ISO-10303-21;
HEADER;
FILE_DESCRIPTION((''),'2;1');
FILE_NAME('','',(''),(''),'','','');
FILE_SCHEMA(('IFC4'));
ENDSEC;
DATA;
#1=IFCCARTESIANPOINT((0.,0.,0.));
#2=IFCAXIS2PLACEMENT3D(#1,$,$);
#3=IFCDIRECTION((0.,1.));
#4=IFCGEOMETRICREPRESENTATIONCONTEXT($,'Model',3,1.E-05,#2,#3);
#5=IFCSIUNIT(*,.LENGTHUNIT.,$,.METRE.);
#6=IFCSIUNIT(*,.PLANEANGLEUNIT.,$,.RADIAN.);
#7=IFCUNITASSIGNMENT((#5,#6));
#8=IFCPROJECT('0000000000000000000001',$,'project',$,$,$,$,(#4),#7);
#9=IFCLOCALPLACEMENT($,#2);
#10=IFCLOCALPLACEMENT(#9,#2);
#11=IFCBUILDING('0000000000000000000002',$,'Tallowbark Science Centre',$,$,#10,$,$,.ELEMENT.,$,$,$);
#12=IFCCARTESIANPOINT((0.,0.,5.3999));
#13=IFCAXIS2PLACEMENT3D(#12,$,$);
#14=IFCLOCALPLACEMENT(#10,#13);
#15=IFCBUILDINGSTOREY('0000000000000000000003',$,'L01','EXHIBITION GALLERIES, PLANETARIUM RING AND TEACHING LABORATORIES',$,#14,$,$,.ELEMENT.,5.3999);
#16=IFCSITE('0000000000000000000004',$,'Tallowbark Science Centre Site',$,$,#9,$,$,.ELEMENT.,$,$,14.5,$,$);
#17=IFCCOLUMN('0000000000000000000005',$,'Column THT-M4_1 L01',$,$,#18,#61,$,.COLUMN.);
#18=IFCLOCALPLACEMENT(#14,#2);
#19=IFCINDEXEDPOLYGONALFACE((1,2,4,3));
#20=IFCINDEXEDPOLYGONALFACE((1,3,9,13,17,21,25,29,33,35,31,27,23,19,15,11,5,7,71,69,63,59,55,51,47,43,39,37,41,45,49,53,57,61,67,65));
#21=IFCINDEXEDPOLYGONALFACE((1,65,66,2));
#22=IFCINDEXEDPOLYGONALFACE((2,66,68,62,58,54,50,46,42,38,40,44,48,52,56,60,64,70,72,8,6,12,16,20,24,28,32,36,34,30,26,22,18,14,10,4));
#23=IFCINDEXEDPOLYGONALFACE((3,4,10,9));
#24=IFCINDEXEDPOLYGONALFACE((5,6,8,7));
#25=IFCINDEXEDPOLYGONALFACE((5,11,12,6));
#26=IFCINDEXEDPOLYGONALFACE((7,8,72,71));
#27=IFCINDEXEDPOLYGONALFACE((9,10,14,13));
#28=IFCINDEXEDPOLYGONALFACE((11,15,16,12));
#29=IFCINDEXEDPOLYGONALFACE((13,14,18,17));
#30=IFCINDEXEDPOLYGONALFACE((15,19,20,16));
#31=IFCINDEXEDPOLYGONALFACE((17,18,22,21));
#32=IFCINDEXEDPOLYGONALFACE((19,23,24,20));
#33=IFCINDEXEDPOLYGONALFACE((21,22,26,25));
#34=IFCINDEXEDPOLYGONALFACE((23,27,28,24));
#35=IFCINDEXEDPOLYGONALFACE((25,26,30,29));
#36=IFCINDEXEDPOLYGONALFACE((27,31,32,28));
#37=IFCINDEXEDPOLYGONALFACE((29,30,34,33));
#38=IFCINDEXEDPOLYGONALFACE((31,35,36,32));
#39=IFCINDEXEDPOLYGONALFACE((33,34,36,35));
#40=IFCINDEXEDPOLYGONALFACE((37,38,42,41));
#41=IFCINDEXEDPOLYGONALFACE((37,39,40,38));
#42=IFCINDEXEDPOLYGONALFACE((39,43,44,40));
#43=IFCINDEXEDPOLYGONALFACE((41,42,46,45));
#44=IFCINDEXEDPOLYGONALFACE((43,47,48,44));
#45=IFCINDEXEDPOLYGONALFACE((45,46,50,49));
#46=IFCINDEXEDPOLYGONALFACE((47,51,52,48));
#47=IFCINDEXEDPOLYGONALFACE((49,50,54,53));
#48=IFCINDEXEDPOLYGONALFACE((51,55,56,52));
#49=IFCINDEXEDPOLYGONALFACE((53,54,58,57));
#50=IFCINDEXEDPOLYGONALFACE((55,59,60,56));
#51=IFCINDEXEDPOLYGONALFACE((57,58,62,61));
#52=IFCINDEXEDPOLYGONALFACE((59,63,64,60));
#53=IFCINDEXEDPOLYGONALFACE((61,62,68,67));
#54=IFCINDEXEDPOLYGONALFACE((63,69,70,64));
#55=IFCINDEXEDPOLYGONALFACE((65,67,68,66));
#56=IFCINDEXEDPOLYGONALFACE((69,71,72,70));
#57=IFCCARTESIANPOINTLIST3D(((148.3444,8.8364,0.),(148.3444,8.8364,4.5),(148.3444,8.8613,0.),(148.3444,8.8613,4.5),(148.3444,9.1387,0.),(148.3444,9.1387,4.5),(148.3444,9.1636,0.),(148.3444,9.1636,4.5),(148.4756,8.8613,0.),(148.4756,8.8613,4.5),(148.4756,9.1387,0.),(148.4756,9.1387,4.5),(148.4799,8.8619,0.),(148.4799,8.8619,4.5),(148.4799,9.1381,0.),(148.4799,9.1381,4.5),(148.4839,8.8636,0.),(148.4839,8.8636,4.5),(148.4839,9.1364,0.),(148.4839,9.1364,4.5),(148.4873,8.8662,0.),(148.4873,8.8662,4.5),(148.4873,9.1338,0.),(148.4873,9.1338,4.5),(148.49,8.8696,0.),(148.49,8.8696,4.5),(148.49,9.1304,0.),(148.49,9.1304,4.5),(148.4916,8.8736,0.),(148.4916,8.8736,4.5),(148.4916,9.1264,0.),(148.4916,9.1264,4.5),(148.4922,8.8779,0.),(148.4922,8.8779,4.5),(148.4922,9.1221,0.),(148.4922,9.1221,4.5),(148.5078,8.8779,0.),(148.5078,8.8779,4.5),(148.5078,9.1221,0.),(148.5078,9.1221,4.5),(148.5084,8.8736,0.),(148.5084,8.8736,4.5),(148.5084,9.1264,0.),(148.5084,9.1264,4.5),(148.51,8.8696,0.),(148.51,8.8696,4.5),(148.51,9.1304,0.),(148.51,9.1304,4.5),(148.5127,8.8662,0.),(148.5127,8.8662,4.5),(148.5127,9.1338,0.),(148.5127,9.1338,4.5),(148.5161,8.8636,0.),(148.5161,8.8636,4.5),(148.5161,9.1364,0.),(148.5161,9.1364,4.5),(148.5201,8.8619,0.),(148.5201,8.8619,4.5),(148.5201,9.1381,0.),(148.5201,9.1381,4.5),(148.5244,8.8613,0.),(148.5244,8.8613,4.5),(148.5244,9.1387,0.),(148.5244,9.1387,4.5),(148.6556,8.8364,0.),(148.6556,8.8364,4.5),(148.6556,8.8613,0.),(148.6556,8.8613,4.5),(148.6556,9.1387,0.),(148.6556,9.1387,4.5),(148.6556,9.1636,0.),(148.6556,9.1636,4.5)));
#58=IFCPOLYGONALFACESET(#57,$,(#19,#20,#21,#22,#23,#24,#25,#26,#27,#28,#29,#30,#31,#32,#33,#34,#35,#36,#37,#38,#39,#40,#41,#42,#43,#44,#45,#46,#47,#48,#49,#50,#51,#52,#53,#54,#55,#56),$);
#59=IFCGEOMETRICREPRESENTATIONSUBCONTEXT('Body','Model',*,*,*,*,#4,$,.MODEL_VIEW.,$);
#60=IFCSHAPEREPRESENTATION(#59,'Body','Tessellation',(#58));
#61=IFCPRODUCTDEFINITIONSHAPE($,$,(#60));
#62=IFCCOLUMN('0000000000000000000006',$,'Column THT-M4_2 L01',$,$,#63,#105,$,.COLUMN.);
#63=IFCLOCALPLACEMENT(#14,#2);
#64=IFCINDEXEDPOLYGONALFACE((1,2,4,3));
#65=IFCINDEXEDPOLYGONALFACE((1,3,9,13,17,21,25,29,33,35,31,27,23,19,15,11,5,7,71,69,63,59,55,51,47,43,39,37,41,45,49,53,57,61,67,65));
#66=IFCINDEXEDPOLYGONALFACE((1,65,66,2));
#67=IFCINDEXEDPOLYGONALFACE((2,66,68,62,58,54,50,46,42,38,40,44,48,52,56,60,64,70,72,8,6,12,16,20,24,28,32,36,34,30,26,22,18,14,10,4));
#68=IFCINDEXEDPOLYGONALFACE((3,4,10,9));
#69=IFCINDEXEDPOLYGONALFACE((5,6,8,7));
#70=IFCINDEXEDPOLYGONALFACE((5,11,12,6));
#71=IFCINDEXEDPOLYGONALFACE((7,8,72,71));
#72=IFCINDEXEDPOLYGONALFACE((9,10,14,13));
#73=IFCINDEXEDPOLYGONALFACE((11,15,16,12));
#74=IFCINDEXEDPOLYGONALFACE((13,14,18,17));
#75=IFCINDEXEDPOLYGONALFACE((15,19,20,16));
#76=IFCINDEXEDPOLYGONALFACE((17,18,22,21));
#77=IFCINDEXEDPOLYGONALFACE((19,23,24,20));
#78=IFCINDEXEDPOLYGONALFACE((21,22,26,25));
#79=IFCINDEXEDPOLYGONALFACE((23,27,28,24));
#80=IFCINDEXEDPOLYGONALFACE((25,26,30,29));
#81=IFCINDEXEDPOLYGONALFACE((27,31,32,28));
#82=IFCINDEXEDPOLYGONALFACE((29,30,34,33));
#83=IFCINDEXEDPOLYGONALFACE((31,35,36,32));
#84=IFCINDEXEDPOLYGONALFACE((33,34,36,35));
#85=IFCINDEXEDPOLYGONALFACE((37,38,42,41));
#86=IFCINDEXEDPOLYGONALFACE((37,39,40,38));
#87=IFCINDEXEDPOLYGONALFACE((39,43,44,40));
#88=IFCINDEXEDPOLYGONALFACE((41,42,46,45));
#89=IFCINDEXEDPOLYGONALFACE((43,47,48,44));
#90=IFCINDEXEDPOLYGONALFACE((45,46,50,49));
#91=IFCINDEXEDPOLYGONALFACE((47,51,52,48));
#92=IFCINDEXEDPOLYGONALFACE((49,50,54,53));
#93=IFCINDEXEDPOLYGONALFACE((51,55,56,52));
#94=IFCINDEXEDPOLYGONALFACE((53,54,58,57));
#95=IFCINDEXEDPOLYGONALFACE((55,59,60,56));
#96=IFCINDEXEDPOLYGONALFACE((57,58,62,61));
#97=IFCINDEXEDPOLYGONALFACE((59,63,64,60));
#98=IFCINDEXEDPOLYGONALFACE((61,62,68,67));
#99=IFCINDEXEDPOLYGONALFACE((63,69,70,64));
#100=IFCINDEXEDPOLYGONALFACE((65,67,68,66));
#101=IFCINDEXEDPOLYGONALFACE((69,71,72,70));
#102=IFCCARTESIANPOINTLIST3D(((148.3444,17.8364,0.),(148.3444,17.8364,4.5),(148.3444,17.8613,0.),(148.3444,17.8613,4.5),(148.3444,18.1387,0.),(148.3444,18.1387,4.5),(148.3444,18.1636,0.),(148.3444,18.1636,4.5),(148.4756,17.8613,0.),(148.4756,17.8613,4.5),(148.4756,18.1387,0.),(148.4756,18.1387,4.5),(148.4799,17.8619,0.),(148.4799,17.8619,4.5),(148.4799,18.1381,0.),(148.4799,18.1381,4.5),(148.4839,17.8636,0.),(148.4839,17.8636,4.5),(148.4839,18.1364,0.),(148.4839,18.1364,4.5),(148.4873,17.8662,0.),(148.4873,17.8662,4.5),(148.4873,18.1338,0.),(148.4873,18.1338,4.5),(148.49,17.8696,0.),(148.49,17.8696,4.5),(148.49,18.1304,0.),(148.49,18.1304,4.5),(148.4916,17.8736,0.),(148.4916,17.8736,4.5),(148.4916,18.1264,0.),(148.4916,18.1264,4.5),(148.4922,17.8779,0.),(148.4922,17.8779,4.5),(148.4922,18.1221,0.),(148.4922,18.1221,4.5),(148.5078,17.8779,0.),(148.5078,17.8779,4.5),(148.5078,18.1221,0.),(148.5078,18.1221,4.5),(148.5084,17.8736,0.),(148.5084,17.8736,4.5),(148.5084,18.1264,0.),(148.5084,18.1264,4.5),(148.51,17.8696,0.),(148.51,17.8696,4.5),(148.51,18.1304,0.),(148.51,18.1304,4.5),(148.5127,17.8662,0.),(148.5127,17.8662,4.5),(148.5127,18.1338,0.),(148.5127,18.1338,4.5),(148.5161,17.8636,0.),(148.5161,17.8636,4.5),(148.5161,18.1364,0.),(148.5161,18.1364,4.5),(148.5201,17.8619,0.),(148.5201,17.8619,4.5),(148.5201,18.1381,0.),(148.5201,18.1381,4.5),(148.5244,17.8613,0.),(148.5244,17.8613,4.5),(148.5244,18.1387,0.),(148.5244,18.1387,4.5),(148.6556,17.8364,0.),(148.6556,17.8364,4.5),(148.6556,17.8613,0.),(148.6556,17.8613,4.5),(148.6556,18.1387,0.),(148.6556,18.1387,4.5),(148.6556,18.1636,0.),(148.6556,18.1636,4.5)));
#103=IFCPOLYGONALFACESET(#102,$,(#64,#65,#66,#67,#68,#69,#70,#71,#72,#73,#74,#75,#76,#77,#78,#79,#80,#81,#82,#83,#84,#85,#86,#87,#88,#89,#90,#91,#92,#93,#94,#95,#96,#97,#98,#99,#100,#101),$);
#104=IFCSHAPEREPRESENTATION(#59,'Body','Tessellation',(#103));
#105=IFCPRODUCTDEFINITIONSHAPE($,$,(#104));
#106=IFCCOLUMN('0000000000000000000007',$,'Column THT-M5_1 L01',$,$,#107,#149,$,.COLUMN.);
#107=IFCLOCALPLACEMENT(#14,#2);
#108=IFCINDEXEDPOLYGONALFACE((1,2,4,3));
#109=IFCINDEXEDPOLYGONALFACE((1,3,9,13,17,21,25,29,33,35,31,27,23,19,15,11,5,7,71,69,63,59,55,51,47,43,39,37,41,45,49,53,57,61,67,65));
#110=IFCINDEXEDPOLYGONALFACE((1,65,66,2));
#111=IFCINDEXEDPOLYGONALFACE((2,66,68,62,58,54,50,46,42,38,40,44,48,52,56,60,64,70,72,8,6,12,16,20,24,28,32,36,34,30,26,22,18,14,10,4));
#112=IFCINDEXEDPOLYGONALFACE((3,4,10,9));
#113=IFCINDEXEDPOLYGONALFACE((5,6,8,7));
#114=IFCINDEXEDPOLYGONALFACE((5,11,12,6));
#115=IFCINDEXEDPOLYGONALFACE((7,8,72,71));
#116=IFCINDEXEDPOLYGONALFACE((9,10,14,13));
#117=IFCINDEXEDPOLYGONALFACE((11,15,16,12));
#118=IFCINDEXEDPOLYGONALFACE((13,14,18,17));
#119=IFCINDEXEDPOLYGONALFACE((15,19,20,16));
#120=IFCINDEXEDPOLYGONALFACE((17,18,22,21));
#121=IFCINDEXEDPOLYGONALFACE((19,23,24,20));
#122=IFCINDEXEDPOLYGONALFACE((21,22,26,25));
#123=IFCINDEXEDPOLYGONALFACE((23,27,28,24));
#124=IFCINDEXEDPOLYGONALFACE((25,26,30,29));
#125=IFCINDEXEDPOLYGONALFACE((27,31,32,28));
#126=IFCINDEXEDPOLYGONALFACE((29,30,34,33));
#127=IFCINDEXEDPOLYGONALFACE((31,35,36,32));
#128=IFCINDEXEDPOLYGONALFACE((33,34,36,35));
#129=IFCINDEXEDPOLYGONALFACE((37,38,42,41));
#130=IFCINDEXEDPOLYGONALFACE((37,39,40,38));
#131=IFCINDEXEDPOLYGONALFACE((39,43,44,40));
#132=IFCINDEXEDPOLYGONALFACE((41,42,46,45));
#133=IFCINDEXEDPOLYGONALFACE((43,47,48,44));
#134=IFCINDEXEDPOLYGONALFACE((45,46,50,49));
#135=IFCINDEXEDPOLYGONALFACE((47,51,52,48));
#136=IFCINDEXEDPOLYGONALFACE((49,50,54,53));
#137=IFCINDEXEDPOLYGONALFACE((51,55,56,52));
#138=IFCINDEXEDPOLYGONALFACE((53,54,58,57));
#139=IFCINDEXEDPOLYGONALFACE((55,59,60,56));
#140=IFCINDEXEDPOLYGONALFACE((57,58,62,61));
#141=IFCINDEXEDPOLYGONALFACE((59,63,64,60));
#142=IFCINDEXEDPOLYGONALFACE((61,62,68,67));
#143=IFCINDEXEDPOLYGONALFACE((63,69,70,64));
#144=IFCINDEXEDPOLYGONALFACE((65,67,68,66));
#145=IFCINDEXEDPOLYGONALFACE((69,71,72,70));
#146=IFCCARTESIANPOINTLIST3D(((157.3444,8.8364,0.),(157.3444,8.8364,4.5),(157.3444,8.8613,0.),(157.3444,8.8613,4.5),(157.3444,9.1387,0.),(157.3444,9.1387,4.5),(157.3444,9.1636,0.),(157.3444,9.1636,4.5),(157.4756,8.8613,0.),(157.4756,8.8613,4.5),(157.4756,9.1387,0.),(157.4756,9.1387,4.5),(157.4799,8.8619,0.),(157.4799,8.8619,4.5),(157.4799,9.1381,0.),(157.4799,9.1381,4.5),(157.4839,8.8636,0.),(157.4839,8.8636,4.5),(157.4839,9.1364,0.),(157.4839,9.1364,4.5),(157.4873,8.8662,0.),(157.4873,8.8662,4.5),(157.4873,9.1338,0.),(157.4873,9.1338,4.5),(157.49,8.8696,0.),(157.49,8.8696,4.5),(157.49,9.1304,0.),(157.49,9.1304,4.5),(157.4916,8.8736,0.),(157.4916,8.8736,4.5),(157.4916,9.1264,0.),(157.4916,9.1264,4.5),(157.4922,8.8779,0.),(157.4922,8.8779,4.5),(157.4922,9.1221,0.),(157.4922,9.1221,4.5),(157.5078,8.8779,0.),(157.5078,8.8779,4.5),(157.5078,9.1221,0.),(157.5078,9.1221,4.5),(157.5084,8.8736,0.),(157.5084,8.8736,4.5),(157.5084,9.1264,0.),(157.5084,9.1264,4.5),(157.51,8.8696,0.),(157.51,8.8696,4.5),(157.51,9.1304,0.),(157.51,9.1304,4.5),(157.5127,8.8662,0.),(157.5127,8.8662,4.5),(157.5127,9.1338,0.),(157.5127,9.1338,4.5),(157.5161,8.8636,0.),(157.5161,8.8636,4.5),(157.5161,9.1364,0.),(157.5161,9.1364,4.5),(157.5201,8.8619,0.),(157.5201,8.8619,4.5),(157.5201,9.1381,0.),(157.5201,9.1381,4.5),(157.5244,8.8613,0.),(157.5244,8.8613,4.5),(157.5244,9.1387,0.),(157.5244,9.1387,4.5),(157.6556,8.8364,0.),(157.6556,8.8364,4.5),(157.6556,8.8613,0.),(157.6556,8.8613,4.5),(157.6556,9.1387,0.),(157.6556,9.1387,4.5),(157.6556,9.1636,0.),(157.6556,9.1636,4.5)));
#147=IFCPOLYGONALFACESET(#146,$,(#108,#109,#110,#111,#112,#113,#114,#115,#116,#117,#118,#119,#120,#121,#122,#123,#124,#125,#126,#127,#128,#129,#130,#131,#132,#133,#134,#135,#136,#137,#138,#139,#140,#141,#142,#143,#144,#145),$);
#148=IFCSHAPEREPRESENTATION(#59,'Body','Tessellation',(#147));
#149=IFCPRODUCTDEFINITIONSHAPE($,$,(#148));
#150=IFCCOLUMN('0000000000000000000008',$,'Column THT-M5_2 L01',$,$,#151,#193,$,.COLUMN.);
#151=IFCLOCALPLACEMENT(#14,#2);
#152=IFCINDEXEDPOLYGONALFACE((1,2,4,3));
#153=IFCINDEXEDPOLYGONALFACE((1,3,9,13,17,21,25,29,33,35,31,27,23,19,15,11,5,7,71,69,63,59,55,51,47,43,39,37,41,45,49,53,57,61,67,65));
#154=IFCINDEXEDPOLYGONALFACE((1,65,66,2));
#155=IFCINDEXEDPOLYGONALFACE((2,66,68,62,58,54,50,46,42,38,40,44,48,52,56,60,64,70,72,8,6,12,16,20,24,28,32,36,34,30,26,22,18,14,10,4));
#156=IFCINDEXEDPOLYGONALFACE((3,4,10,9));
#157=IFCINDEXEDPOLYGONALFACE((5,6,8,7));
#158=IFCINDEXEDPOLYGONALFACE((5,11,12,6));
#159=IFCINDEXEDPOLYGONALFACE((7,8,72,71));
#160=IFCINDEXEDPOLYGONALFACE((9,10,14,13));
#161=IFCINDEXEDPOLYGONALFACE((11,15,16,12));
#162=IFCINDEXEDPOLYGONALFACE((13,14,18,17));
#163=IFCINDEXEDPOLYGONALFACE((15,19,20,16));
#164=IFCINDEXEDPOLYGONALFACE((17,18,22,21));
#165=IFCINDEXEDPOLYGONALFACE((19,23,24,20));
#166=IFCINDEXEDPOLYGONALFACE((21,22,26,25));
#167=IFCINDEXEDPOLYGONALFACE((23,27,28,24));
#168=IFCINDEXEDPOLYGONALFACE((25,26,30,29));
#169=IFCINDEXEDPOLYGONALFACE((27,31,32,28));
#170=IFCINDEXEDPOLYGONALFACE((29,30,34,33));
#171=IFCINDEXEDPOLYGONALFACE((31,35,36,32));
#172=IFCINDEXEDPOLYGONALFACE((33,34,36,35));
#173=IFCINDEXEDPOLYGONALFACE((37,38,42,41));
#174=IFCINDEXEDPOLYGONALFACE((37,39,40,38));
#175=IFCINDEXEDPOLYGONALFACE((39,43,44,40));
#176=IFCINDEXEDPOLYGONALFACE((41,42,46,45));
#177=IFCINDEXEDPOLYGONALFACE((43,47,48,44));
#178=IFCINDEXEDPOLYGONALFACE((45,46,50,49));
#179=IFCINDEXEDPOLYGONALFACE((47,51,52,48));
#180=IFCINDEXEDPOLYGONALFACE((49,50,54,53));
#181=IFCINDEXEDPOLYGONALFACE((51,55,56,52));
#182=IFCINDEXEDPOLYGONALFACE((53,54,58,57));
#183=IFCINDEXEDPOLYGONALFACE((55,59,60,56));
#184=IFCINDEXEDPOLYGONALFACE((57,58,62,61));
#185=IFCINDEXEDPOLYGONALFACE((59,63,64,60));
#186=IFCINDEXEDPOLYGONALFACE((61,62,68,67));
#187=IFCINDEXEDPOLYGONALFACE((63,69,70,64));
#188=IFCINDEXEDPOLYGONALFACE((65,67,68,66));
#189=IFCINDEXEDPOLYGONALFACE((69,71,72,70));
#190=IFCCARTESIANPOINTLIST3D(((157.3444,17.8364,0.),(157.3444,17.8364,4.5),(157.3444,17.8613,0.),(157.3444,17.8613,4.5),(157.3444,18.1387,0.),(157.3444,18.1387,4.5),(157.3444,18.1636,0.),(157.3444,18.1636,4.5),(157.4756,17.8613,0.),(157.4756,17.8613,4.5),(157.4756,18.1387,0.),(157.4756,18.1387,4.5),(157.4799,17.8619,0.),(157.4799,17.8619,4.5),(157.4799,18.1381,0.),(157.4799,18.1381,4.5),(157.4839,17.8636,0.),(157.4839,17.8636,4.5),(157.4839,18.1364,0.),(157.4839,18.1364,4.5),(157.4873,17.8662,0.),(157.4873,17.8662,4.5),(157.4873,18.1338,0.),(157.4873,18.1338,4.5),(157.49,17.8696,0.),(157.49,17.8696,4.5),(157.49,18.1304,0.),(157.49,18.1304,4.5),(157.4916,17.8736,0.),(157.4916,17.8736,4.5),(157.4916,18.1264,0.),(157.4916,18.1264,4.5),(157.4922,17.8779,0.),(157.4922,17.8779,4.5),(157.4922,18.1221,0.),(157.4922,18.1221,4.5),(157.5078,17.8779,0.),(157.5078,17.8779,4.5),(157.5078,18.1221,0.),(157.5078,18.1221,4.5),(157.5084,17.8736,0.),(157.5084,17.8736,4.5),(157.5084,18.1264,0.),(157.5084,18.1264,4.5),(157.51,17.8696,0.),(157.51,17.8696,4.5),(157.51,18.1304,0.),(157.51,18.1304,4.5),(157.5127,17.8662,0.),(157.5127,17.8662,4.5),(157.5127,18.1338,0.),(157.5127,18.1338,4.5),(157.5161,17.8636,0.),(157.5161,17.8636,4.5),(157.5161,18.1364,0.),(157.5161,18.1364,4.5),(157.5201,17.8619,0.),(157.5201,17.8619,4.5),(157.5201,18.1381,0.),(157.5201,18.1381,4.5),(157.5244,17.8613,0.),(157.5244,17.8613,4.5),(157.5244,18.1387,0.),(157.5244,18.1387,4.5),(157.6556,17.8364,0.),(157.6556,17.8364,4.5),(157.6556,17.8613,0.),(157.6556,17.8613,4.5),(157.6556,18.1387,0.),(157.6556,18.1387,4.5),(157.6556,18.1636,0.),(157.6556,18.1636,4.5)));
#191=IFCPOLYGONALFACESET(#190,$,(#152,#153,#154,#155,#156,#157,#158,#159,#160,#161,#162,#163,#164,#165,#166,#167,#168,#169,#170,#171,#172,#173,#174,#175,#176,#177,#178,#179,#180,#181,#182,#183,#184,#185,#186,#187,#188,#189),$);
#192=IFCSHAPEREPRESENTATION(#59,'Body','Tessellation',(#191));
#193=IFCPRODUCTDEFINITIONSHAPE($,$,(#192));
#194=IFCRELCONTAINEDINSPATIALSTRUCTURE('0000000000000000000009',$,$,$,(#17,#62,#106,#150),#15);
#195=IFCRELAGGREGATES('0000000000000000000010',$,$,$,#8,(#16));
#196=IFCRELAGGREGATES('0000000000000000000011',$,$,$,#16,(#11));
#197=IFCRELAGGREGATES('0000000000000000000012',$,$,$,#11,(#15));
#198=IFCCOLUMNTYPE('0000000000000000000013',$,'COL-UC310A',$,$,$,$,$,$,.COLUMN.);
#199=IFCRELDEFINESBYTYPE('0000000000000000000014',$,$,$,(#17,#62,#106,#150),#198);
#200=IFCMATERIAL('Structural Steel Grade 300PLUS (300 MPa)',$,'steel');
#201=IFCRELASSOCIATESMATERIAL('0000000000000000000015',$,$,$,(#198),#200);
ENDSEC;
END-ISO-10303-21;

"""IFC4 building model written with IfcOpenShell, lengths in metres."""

from ifc_helpers import new_model, si_unit, direction, frame, origin, origin_2d, place, context, subcontext, project, spatial, i_section, extrude, material, material_profile, profile_set, type_object, element, save


model = new_model("IFC4")

# Units and contexts
model_context = context("Model", 3, precision=1e-05, world=origin(), true_north=direction((0.0, 1.0)))
body_context = subcontext(model_context, "Body", "Model", "MODEL_VIEW")
ifc_project = project(units=[si_unit("LENGTHUNIT", "METRE"), si_unit("PLANEANGLEUNIT", "RADIAN")], contexts=[model_context])

# Site, building, storey
site_placement = place(None, origin())
site = spatial("IfcSite", under=ifc_project, at=site_placement, Name="Tallowbark Science Centre Site", CompositionType="ELEMENT", RefElevation=14.5)
building_placement = place(site_placement, origin())
building = spatial("IfcBuilding", under=site, at=building_placement, Name="Tallowbark Science Centre", CompositionType="ELEMENT")
storey_placement = place(building_placement, frame((0.0, 0.0, 5.3999)))
storey = spatial("IfcBuildingStorey", under=building, at=storey_placement, Name="L01", Description="EXHIBITION GALLERIES, PLANETARIUM RING AND TEACHING LABORATORIES", CompositionType="ELEMENT", Elevation=5.3999)

# Columns
ifc_material_1 = material(Name="Structural Steel Grade 300PLUS (300 MPa)", Category="steel")
ifc_material_profile_1 = material_profile(ifc_material_1, i_section(OverallWidth=0.3113, OverallDepth=0.3271, WebThickness=0.0156, FlangeThickness=0.0249, FilletRadius=0.0166, at=origin_2d()), Name="310UC158")
ifc_profile_set_1 = profile_set([ifc_material_profile_1], Name="Structural Steel Grade 300PLUS (300 MPa)")
column_type = type_object("IfcColumnType", Name="COL-UC310A", PredefinedType="COLUMN", material=ifc_profile_set_1)
for number, where, z_axis, x_axis, name in (
    (1, (148.5, 9.0, 0.0), (0.0, 0.0, 1.0), (1.0, 0.0, 0.0), "Column THT-M4_1 L01"),
    (2, (148.5, 18.0, 0.0), (0.0, 0.0, 1.0), (1.0, 0.0, 0.0), "Column THT-M4_2 L01"),
    (3, (157.5, 9.0, 0.0), (0.0, 0.0, 1.0), (1.0, 0.0, 0.0), "Column THT-M5_1 L01"),
    (4, (157.5, 18.0, 0.0), (0.0, 0.0, 1.0), (1.0, 0.0, 0.0), "Column THT-M5_2 L01"),
):
    element("IfcColumn", number, at=place(storey_placement, frame(where, z_axis=z_axis, x_axis=x_axis)), inside=storey, type_object=column_type, Name=name, PredefinedType="COLUMN", context=body_context, shape_type="SweptSolid", body=[
        extrude(i_section(OverallWidth=0.3113, OverallDepth=0.3271, WebThickness=0.0156, FlangeThickness=0.0249, FilletRadius=0.0166, at=origin_2d()), origin(), (0.0, 0.0, 1.0), 4.5),
    ])

save(model, "model.ifc")
